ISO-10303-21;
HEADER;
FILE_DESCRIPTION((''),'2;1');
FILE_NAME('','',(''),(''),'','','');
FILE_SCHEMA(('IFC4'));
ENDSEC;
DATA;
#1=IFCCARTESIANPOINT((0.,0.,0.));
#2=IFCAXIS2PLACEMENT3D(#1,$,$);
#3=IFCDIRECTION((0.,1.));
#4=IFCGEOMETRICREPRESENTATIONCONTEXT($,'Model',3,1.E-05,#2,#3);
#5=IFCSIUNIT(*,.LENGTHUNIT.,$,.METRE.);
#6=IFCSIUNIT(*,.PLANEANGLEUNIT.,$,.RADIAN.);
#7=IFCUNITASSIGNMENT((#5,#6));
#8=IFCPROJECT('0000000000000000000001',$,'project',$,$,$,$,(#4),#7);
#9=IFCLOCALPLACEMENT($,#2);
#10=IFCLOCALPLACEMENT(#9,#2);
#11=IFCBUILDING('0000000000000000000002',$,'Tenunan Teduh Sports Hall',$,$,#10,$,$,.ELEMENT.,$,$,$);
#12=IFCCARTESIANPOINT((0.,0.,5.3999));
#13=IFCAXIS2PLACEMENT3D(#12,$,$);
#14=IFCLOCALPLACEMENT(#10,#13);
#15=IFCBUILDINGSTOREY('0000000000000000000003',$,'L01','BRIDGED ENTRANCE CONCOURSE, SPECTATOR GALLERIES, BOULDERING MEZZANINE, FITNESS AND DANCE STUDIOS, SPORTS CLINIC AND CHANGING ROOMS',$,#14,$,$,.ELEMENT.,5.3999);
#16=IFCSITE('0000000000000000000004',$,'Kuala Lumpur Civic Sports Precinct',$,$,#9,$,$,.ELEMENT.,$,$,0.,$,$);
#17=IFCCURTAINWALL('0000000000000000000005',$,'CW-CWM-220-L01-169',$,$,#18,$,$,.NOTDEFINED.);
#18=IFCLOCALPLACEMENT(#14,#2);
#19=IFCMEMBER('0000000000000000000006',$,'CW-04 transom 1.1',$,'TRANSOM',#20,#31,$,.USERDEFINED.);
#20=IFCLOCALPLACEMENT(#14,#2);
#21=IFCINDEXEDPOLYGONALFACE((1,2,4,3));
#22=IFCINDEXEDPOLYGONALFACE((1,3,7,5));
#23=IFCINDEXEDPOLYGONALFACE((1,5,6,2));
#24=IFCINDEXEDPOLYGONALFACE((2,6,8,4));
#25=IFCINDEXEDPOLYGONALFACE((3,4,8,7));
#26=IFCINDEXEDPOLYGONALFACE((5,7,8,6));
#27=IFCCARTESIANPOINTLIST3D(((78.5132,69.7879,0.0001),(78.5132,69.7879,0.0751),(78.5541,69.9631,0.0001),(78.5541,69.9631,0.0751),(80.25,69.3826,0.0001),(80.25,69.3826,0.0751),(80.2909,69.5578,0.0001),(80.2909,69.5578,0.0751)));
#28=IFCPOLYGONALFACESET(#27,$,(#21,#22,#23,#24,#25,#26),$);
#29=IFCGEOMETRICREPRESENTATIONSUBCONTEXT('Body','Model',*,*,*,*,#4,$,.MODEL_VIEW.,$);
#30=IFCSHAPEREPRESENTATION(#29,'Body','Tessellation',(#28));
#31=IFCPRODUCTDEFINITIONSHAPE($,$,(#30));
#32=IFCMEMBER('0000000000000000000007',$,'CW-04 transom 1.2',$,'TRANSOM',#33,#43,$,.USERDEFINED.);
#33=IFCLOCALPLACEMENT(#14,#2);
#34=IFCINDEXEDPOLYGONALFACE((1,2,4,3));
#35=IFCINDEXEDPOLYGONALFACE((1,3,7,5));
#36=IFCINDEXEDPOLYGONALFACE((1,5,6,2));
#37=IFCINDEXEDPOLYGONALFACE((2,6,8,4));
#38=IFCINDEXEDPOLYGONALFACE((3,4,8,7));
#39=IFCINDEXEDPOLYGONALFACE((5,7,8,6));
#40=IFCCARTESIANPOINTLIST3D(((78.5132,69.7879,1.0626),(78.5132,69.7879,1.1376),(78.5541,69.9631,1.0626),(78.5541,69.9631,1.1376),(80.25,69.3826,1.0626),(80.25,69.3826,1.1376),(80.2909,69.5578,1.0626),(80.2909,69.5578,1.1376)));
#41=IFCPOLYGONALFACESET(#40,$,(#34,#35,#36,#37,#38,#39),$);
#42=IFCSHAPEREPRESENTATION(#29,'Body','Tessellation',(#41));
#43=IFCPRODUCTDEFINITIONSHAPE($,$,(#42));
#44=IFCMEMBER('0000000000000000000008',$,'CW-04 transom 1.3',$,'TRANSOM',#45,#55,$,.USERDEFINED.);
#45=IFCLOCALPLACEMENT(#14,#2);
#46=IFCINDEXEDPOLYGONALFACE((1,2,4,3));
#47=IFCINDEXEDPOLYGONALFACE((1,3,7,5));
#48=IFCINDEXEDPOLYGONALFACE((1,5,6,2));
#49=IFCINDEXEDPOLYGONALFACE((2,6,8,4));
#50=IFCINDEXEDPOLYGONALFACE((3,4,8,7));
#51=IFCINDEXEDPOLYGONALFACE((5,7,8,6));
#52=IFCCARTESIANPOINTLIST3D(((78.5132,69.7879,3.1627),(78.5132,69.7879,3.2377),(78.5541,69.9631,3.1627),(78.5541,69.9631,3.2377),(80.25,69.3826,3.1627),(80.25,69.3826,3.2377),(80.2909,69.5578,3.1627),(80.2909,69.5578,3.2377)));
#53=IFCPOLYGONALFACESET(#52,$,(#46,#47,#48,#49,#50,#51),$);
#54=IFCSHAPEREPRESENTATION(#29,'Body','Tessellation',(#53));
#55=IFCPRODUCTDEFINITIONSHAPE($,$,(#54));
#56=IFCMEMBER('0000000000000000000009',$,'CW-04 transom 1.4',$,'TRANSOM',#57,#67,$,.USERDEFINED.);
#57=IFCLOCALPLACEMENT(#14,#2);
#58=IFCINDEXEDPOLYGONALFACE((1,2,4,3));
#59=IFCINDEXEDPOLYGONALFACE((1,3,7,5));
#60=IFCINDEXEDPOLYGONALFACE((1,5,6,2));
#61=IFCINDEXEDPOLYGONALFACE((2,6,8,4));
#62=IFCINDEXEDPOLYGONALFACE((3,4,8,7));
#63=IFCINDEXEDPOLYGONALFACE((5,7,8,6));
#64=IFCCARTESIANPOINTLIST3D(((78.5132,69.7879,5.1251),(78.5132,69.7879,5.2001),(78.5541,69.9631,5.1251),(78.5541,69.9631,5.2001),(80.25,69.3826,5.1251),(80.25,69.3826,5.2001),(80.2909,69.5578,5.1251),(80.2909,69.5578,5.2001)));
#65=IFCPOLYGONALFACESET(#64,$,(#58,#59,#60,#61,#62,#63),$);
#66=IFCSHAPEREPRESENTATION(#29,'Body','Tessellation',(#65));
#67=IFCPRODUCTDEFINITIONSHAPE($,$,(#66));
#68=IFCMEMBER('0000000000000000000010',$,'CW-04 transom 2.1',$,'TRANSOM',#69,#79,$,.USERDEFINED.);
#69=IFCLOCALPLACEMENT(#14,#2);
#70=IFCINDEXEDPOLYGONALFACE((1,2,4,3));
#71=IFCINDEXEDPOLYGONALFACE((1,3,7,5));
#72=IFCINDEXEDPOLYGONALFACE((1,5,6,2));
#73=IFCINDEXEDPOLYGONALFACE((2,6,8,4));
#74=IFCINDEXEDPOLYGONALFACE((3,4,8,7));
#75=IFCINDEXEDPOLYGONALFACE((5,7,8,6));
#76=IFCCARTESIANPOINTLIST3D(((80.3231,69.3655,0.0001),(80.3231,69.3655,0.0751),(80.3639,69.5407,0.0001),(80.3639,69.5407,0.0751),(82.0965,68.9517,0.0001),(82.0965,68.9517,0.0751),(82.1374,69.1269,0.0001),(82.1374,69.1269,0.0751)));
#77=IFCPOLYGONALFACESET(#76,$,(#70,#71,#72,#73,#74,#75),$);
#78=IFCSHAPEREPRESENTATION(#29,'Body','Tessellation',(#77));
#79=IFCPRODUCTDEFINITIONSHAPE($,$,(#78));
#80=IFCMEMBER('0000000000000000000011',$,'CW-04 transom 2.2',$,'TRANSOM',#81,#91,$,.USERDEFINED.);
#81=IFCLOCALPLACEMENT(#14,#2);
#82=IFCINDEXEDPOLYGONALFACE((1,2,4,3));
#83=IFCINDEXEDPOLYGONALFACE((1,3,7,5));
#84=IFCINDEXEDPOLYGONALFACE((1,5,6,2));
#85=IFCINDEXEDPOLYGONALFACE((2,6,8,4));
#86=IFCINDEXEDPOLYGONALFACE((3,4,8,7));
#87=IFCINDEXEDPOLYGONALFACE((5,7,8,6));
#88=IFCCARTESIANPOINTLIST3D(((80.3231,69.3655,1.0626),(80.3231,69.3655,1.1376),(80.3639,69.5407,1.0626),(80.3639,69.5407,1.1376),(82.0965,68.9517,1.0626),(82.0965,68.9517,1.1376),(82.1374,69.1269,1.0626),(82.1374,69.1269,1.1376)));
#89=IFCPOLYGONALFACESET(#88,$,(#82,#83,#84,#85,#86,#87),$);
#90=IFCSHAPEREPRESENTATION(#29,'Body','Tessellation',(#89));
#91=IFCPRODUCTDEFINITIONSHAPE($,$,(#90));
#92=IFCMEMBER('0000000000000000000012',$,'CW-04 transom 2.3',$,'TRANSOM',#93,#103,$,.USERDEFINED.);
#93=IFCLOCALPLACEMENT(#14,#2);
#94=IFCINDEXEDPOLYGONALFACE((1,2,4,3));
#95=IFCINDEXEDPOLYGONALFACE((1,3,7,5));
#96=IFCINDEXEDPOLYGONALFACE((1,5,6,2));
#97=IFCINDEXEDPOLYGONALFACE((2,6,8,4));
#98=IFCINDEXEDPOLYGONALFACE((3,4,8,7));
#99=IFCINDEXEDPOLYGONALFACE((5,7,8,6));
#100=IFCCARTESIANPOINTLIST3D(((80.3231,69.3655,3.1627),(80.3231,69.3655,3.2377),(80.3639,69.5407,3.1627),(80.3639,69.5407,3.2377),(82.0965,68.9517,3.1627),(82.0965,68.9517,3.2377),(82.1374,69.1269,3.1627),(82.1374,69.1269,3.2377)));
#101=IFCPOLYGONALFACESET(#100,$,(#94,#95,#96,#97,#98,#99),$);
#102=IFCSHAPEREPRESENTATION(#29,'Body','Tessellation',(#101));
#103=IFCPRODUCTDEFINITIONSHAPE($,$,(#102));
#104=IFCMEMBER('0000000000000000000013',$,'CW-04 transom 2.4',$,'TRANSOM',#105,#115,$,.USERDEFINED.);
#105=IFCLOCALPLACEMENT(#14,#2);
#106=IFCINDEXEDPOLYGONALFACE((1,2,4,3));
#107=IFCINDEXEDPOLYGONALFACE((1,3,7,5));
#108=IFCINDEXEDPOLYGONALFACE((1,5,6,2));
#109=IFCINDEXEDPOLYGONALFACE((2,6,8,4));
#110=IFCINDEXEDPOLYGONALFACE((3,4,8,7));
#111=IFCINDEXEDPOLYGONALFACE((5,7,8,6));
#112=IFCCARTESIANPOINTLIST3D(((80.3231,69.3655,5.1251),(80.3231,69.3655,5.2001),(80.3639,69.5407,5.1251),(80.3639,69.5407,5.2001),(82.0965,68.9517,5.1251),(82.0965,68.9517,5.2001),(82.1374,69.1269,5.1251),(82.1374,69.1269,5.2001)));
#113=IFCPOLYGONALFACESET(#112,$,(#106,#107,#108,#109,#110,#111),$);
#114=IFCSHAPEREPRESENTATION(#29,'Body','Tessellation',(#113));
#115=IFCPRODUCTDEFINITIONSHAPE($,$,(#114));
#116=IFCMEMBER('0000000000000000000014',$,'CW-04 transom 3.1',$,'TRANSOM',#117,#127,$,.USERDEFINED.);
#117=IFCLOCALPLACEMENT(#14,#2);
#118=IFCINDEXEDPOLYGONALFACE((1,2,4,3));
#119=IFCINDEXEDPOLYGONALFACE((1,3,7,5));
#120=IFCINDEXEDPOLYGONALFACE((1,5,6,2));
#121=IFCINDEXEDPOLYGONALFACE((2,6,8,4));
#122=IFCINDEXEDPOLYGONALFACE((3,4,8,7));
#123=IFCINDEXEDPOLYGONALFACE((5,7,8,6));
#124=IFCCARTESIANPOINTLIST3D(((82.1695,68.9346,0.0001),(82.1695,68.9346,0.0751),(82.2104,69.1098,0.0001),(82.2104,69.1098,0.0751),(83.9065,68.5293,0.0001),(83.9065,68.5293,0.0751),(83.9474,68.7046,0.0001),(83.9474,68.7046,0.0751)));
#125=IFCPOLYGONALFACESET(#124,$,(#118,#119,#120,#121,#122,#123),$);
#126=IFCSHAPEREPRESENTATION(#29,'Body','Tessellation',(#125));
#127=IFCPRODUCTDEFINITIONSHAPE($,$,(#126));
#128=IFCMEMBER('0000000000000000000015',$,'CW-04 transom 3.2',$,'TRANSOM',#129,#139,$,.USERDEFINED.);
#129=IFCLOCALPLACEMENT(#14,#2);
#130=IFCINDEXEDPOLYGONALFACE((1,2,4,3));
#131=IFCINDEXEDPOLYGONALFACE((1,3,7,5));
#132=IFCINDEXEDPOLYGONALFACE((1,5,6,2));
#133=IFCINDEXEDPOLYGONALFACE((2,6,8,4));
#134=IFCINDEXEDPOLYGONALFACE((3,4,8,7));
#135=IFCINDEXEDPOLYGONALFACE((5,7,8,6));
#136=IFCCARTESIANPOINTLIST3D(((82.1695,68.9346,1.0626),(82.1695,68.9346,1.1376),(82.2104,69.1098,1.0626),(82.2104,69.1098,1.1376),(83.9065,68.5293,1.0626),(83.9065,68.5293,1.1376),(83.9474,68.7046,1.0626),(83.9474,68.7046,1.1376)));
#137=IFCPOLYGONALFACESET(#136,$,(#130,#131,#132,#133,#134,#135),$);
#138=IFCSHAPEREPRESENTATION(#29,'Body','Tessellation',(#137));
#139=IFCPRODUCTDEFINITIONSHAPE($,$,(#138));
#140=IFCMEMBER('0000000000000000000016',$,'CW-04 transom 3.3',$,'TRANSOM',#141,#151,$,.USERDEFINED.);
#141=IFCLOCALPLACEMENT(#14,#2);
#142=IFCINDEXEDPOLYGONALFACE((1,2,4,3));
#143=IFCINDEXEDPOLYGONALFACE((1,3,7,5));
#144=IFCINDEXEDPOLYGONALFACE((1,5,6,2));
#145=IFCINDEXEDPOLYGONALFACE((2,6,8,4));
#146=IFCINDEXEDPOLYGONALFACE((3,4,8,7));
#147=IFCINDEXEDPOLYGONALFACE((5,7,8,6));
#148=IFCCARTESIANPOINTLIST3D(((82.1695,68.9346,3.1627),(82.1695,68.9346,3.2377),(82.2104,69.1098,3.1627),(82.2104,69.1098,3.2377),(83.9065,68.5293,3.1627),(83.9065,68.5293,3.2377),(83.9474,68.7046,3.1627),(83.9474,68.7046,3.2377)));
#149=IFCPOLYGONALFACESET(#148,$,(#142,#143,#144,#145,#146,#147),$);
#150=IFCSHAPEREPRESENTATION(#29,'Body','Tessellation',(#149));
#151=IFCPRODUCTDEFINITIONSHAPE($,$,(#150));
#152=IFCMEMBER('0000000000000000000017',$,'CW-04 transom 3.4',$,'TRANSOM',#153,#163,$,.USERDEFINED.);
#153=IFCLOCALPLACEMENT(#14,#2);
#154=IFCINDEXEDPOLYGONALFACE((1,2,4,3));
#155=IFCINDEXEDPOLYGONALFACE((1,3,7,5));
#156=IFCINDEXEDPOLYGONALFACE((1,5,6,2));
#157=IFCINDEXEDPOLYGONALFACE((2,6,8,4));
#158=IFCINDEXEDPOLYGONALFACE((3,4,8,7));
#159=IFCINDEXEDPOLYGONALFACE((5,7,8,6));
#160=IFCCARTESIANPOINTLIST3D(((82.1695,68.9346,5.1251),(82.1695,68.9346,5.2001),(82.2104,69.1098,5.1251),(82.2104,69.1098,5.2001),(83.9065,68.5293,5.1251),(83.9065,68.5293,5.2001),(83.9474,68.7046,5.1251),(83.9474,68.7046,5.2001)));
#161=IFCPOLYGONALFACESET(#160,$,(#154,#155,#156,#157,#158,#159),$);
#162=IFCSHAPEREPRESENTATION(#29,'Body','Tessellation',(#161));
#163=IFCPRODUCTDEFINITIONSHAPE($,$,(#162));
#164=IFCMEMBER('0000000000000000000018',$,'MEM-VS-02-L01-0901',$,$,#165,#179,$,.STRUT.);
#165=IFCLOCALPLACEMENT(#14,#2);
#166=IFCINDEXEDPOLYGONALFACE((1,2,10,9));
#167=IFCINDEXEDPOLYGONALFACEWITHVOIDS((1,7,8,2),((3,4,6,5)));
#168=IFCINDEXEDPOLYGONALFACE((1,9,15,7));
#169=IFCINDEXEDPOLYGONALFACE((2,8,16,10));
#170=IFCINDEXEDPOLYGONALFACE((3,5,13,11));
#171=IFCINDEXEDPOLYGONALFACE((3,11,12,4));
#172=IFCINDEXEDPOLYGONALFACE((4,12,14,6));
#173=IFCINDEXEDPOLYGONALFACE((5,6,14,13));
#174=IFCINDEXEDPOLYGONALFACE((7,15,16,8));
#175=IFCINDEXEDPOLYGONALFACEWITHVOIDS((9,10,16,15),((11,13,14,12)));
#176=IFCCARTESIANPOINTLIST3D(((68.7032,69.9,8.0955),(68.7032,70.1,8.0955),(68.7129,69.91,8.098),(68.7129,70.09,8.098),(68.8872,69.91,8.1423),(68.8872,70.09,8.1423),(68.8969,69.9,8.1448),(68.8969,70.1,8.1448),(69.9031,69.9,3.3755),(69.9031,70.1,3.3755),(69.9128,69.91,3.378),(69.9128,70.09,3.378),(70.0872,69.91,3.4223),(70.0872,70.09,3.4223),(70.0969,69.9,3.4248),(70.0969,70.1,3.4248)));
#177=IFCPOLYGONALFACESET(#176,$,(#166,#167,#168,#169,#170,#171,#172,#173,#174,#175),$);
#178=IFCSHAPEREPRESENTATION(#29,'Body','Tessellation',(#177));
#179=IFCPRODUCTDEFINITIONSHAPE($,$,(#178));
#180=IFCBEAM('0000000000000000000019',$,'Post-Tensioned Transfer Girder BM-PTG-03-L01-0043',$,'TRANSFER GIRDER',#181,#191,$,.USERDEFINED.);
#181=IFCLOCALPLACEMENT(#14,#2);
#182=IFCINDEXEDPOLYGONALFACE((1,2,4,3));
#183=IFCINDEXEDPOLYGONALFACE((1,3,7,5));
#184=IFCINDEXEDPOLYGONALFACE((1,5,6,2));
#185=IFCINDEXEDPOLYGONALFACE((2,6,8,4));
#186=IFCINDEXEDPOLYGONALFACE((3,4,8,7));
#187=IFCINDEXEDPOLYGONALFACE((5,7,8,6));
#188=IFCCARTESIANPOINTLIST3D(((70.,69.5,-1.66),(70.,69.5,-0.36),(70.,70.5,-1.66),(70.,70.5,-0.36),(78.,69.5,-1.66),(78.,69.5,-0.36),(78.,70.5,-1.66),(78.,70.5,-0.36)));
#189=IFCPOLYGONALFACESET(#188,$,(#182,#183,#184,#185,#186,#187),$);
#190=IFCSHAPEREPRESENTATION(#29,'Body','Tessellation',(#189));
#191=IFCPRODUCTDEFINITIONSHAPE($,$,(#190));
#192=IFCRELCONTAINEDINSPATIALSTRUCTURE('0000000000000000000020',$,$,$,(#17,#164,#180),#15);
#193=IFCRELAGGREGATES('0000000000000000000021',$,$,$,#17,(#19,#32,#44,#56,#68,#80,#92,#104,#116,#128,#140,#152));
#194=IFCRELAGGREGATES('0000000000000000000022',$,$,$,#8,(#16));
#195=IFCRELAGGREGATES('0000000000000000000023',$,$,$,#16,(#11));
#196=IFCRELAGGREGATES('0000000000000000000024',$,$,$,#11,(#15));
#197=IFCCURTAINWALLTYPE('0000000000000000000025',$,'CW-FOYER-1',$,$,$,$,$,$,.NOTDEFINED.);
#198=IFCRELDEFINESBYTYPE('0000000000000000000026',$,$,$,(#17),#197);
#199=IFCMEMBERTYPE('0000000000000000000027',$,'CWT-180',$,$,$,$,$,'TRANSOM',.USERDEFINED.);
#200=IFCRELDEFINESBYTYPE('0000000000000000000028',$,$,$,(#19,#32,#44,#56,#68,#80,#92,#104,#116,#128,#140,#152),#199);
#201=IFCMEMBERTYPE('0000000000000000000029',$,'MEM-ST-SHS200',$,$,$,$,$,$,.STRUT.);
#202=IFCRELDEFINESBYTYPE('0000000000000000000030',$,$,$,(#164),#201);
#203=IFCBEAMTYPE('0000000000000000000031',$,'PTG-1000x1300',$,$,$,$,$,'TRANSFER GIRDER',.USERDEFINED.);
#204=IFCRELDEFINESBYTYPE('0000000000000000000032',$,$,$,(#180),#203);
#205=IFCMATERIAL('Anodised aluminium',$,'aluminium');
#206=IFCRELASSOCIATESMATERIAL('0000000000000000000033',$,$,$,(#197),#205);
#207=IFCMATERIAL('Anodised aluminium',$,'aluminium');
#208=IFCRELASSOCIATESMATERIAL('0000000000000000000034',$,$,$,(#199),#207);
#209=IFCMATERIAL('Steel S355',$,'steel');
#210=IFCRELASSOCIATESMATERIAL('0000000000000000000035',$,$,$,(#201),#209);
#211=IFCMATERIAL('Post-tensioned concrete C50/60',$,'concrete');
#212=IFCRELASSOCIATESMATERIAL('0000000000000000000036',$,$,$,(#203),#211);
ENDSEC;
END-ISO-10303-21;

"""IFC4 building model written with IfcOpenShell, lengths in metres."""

from ifc_helpers import new_model, si_unit, direction, frame, origin, origin_2d, place, context, subcontext, project, spatial, rectangle, hollow_rectangle, extrude, material, material_profile, profile_set, type_object, element, aggregate, save


model = new_model("IFC4")

# Units and contexts
model_context = context("Model", 3, precision=1e-05, world=origin(), true_north=direction((0.0, 1.0)))
body_context = subcontext(model_context, "Body", "Model", "MODEL_VIEW")
ifc_project = project(units=[si_unit("LENGTHUNIT", "METRE"), si_unit("PLANEANGLEUNIT", "RADIAN")], contexts=[model_context])

# Site, building, storey
site_placement = place(None, origin())
site = spatial("IfcSite", under=ifc_project, at=site_placement, Name="Kuala Lumpur Civic Sports Precinct", CompositionType="ELEMENT", RefElevation=0.0)
building_placement = place(site_placement, origin())
building = spatial("IfcBuilding", under=site, at=building_placement, Name="Tenunan Teduh Sports Hall", CompositionType="ELEMENT")
storey_placement = place(building_placement, frame((0.0, 0.0, 5.3999)))
storey = spatial("IfcBuildingStorey", under=building, at=storey_placement, Name="L01", Description="BRIDGED ENTRANCE CONCOURSE, SPECTATOR GALLERIES, BOULDERING MEZZANINE, FITNESS AND DANCE STUDIOS, SPORTS CLINIC AND CHANGING ROOMS", CompositionType="ELEMENT", Elevation=5.3999)

# Shared definitions
ifc_material_1 = material(Name="Anodised aluminium", Category="aluminium")
curtain_wall_type = type_object("IfcCurtainWallType", Name="CW-FOYER-1", PredefinedType="NOTDEFINED", material=ifc_material_1)

# Curtain wall
curtain_wall_1_placement = place(storey_placement, origin())
curtain_wall_1 = element("IfcCurtainWall", 1, at=curtain_wall_1_placement, inside=storey, type_object=curtain_wall_type, Name="CW-CWM-220-L01-169", PredefinedType="NOTDEFINED")

# Members
ifc_material_2 = material(Name="Anodised aluminium", Category="aluminium")
ifc_material_profile_1 = material_profile(ifc_material_2, rectangle(XDim=0.075, YDim=0.1799, at=origin_2d()), Name="CWT 75x180")
ifc_profile_set_1 = profile_set([ifc_material_profile_1], Name="Anodised aluminium")
member_type_1 = type_object("IfcMemberType", Name="CWT-180", ElementType="TRANSOM", PredefinedType="USERDEFINED", material=ifc_profile_set_1)
member_1_placement = place(storey_placement, frame((78.5337, 69.8755, 0.0376), z_axis=(0.973839, -0.227238, 0.0), x_axis=(0.0, 0.0, 1.0)))
member_1 = element("IfcMember", 2, at=member_1_placement, type_object=member_type_1, Name="CW-04 transom 1.1", ObjectType="TRANSOM", PredefinedType="USERDEFINED", context=body_context, shape_type="SweptSolid", body=[
    extrude(rectangle(XDim=0.075, YDim=0.1799, at=origin_2d()), origin(), (0.0, 0.0, 1.0), 1.7834),
])
member_2_placement = place(storey_placement, frame((78.5337, 69.8755, 1.1001), z_axis=(0.973839, -0.227238, 0.0), x_axis=(0.0, 0.0, 1.0)))
member_2 = element("IfcMember", 3, at=member_2_placement, type_object=member_type_1, Name="CW-04 transom 1.2", ObjectType="TRANSOM", PredefinedType="USERDEFINED", context=body_context, shape_type="SweptSolid", body=[
    extrude(rectangle(XDim=0.075, YDim=0.1799, at=origin_2d()), origin(), (0.0, 0.0, 1.0), 1.7834),
])
member_3_placement = place(storey_placement, frame((78.5337, 69.8755, 3.2002), z_axis=(0.973839, -0.227238, 0.0), x_axis=(0.0, 0.0, 1.0)))
member_3 = element("IfcMember", 4, at=member_3_placement, type_object=member_type_1, Name="CW-04 transom 1.3", ObjectType="TRANSOM", PredefinedType="USERDEFINED", context=body_context, shape_type="SweptSolid", body=[
    extrude(rectangle(XDim=0.075, YDim=0.1799, at=origin_2d()), origin(), (0.0, 0.0, 1.0), 1.7834),
])
member_4_placement = place(storey_placement, frame((78.5337, 69.8755, 5.1626), z_axis=(0.973839, -0.227238, 0.0), x_axis=(0.0, 0.0, 1.0)))
member_4 = element("IfcMember", 5, at=member_4_placement, type_object=member_type_1, Name="CW-04 transom 1.4", ObjectType="TRANSOM", PredefinedType="USERDEFINED", context=body_context, shape_type="SweptSolid", body=[
    extrude(rectangle(XDim=0.075, YDim=0.1799, at=origin_2d()), origin(), (0.0, 0.0, 1.0), 1.7834),
])
member_5_placement = place(storey_placement, frame((80.3435, 69.4531, 0.0376), z_axis=(0.973839, -0.227238, 0.0), x_axis=(0.0, 0.0, 1.0)))
member_5 = element("IfcMember", 6, at=member_5_placement, type_object=member_type_1, Name="CW-04 transom 2.1", ObjectType="TRANSOM", PredefinedType="USERDEFINED", context=body_context, shape_type="SweptSolid", body=[
    extrude(rectangle(XDim=0.075, YDim=0.1799, at=origin_2d()), origin(), (0.0, 0.0, 1.0), 1.821),
])
member_6_placement = place(storey_placement, frame((80.3435, 69.4531, 1.1001), z_axis=(0.973839, -0.227238, 0.0), x_axis=(0.0, 0.0, 1.0)))
member_6 = element("IfcMember", 7, at=member_6_placement, type_object=member_type_1, Name="CW-04 transom 2.2", ObjectType="TRANSOM", PredefinedType="USERDEFINED", context=body_context, shape_type="SweptSolid", body=[
    extrude(rectangle(XDim=0.075, YDim=0.1799, at=origin_2d()), origin(), (0.0, 0.0, 1.0), 1.821),
])
member_7_placement = place(storey_placement, frame((80.3435, 69.4531, 3.2002), z_axis=(0.973839, -0.227238, 0.0), x_axis=(0.0, 0.0, 1.0)))
member_7 = element("IfcMember", 8, at=member_7_placement, type_object=member_type_1, Name="CW-04 transom 2.3", ObjectType="TRANSOM", PredefinedType="USERDEFINED", context=body_context, shape_type="SweptSolid", body=[
    extrude(rectangle(XDim=0.075, YDim=0.1799, at=origin_2d()), origin(), (0.0, 0.0, 1.0), 1.821),
])
member_8_placement = place(storey_placement, frame((80.3435, 69.4531, 5.1626), z_axis=(0.973839, -0.227238, 0.0), x_axis=(0.0, 0.0, 1.0)))
member_8 = element("IfcMember", 9, at=member_8_placement, type_object=member_type_1, Name="CW-04 transom 2.4", ObjectType="TRANSOM", PredefinedType="USERDEFINED", context=body_context, shape_type="SweptSolid", body=[
    extrude(rectangle(XDim=0.075, YDim=0.1799, at=origin_2d()), origin(), (0.0, 0.0, 1.0), 1.821),
])
member_9_placement = place(storey_placement, frame((82.1899, 69.0222, 0.0376), z_axis=(0.973846, -0.227208, 0.0), x_axis=(0.0, 0.0, 1.0)))
member_9 = element("IfcMember", 10, at=member_9_placement, type_object=member_type_1, Name="CW-04 transom 3.1", ObjectType="TRANSOM", PredefinedType="USERDEFINED", context=body_context, shape_type="SweptSolid", body=[
    extrude(rectangle(XDim=0.075, YDim=0.1799, at=origin_2d()), origin(), (0.0, 0.0, 1.0), 1.7837),
])
member_10_placement = place(storey_placement, frame((82.1899, 69.0222, 1.1001), z_axis=(0.973846, -0.227208, 0.0), x_axis=(0.0, 0.0, 1.0)))
member_10 = element("IfcMember", 11, at=member_10_placement, type_object=member_type_1, Name="CW-04 transom 3.2", ObjectType="TRANSOM", PredefinedType="USERDEFINED", context=body_context, shape_type="SweptSolid", body=[
    extrude(rectangle(XDim=0.075, YDim=0.1799, at=origin_2d()), origin(), (0.0, 0.0, 1.0), 1.7837),
])
member_11_placement = place(storey_placement, frame((82.1899, 69.0222, 3.2002), z_axis=(0.973846, -0.227208, 0.0), x_axis=(0.0, 0.0, 1.0)))
member_11 = element("IfcMember", 12, at=member_11_placement, type_object=member_type_1, Name="CW-04 transom 3.3", ObjectType="TRANSOM", PredefinedType="USERDEFINED", context=body_context, shape_type="SweptSolid", body=[
    extrude(rectangle(XDim=0.075, YDim=0.1799, at=origin_2d()), origin(), (0.0, 0.0, 1.0), 1.7837),
])
member_12_placement = place(storey_placement, frame((82.1899, 69.0222, 5.1626), z_axis=(0.973846, -0.227208, 0.0), x_axis=(0.0, 0.0, 1.0)))
member_12 = element("IfcMember", 13, at=member_12_placement, type_object=member_type_1, Name="CW-04 transom 3.4", ObjectType="TRANSOM", PredefinedType="USERDEFINED", context=body_context, shape_type="SweptSolid", body=[
    extrude(rectangle(XDim=0.075, YDim=0.1799, at=origin_2d()), origin(), (0.0, 0.0, 1.0), 1.7837),
])
ifc_material_3 = material(Name="Steel S355", Category="steel")
ifc_material_profile_2 = material_profile(ifc_material_3, hollow_rectangle(XDim=0.2, YDim=0.2, WallThickness=0.01, at=origin_2d()), Name="SHS 200x200x10.0")
ifc_profile_set_2 = profile_set([ifc_material_profile_2], Name="Steel S355")
member_type_2 = type_object("IfcMemberType", Name="MEM-ST-SHS200", PredefinedType="STRUT", material=ifc_profile_set_2)
member_13_placement = place(storey_placement, frame((70.0, 70.0, 3.4001), z_axis=(-0.246391, 0.0, 0.969171), x_axis=(0.0, -1.0, 0.0)))
element("IfcMember", 14, at=member_13_placement, inside=storey, type_object=member_type_2, Name="MEM-VS-02-L01-0901", PredefinedType="STRUT", context=body_context, shape_type="SweptSolid", body=[
    extrude(hollow_rectangle(XDim=0.2, YDim=0.2, WallThickness=0.01, at=origin_2d()), origin(), (0.0, 0.0, 1.0), 4.8701),
])

# Beam
ifc_material_4 = material(Name="Post-tensioned concrete C50/60", Category="concrete")
ifc_material_profile_3 = material_profile(ifc_material_4, rectangle(XDim=1.0, YDim=1.3, at=origin_2d()), Name="PTG 1000x1300")
ifc_profile_set_3 = profile_set([ifc_material_profile_3], Name="Post-tensioned concrete C50/60")
beam_type_1 = type_object("IfcBeamType", Name="PTG-1000x1300", ElementType="TRANSFER GIRDER", PredefinedType="USERDEFINED", material=ifc_profile_set_3)
beam_1_placement = place(storey_placement, frame((70.0, 70.0, -1.01), z_axis=(1.0, 0.0, 0.0), x_axis=(0.0, 1.0, 0.0)))
element("IfcBeam", 15, at=beam_1_placement, inside=storey, type_object=beam_type_1, Name="Post-Tensioned Transfer Girder BM-PTG-03-L01-0043", ObjectType="TRANSFER GIRDER", PredefinedType="USERDEFINED", context=body_context, shape_type="SweptSolid", body=[
    extrude(rectangle(XDim=1.0, YDim=1.3, at=origin_2d()), origin(), (0.0, 0.0, 1.0), 8.0),
])

aggregate(curtain_wall_1, [member_1, member_2, member_3, member_4, member_5, member_6, member_7, member_8, member_9, member_10, member_11, member_12])

save(model, "model.ifc")
